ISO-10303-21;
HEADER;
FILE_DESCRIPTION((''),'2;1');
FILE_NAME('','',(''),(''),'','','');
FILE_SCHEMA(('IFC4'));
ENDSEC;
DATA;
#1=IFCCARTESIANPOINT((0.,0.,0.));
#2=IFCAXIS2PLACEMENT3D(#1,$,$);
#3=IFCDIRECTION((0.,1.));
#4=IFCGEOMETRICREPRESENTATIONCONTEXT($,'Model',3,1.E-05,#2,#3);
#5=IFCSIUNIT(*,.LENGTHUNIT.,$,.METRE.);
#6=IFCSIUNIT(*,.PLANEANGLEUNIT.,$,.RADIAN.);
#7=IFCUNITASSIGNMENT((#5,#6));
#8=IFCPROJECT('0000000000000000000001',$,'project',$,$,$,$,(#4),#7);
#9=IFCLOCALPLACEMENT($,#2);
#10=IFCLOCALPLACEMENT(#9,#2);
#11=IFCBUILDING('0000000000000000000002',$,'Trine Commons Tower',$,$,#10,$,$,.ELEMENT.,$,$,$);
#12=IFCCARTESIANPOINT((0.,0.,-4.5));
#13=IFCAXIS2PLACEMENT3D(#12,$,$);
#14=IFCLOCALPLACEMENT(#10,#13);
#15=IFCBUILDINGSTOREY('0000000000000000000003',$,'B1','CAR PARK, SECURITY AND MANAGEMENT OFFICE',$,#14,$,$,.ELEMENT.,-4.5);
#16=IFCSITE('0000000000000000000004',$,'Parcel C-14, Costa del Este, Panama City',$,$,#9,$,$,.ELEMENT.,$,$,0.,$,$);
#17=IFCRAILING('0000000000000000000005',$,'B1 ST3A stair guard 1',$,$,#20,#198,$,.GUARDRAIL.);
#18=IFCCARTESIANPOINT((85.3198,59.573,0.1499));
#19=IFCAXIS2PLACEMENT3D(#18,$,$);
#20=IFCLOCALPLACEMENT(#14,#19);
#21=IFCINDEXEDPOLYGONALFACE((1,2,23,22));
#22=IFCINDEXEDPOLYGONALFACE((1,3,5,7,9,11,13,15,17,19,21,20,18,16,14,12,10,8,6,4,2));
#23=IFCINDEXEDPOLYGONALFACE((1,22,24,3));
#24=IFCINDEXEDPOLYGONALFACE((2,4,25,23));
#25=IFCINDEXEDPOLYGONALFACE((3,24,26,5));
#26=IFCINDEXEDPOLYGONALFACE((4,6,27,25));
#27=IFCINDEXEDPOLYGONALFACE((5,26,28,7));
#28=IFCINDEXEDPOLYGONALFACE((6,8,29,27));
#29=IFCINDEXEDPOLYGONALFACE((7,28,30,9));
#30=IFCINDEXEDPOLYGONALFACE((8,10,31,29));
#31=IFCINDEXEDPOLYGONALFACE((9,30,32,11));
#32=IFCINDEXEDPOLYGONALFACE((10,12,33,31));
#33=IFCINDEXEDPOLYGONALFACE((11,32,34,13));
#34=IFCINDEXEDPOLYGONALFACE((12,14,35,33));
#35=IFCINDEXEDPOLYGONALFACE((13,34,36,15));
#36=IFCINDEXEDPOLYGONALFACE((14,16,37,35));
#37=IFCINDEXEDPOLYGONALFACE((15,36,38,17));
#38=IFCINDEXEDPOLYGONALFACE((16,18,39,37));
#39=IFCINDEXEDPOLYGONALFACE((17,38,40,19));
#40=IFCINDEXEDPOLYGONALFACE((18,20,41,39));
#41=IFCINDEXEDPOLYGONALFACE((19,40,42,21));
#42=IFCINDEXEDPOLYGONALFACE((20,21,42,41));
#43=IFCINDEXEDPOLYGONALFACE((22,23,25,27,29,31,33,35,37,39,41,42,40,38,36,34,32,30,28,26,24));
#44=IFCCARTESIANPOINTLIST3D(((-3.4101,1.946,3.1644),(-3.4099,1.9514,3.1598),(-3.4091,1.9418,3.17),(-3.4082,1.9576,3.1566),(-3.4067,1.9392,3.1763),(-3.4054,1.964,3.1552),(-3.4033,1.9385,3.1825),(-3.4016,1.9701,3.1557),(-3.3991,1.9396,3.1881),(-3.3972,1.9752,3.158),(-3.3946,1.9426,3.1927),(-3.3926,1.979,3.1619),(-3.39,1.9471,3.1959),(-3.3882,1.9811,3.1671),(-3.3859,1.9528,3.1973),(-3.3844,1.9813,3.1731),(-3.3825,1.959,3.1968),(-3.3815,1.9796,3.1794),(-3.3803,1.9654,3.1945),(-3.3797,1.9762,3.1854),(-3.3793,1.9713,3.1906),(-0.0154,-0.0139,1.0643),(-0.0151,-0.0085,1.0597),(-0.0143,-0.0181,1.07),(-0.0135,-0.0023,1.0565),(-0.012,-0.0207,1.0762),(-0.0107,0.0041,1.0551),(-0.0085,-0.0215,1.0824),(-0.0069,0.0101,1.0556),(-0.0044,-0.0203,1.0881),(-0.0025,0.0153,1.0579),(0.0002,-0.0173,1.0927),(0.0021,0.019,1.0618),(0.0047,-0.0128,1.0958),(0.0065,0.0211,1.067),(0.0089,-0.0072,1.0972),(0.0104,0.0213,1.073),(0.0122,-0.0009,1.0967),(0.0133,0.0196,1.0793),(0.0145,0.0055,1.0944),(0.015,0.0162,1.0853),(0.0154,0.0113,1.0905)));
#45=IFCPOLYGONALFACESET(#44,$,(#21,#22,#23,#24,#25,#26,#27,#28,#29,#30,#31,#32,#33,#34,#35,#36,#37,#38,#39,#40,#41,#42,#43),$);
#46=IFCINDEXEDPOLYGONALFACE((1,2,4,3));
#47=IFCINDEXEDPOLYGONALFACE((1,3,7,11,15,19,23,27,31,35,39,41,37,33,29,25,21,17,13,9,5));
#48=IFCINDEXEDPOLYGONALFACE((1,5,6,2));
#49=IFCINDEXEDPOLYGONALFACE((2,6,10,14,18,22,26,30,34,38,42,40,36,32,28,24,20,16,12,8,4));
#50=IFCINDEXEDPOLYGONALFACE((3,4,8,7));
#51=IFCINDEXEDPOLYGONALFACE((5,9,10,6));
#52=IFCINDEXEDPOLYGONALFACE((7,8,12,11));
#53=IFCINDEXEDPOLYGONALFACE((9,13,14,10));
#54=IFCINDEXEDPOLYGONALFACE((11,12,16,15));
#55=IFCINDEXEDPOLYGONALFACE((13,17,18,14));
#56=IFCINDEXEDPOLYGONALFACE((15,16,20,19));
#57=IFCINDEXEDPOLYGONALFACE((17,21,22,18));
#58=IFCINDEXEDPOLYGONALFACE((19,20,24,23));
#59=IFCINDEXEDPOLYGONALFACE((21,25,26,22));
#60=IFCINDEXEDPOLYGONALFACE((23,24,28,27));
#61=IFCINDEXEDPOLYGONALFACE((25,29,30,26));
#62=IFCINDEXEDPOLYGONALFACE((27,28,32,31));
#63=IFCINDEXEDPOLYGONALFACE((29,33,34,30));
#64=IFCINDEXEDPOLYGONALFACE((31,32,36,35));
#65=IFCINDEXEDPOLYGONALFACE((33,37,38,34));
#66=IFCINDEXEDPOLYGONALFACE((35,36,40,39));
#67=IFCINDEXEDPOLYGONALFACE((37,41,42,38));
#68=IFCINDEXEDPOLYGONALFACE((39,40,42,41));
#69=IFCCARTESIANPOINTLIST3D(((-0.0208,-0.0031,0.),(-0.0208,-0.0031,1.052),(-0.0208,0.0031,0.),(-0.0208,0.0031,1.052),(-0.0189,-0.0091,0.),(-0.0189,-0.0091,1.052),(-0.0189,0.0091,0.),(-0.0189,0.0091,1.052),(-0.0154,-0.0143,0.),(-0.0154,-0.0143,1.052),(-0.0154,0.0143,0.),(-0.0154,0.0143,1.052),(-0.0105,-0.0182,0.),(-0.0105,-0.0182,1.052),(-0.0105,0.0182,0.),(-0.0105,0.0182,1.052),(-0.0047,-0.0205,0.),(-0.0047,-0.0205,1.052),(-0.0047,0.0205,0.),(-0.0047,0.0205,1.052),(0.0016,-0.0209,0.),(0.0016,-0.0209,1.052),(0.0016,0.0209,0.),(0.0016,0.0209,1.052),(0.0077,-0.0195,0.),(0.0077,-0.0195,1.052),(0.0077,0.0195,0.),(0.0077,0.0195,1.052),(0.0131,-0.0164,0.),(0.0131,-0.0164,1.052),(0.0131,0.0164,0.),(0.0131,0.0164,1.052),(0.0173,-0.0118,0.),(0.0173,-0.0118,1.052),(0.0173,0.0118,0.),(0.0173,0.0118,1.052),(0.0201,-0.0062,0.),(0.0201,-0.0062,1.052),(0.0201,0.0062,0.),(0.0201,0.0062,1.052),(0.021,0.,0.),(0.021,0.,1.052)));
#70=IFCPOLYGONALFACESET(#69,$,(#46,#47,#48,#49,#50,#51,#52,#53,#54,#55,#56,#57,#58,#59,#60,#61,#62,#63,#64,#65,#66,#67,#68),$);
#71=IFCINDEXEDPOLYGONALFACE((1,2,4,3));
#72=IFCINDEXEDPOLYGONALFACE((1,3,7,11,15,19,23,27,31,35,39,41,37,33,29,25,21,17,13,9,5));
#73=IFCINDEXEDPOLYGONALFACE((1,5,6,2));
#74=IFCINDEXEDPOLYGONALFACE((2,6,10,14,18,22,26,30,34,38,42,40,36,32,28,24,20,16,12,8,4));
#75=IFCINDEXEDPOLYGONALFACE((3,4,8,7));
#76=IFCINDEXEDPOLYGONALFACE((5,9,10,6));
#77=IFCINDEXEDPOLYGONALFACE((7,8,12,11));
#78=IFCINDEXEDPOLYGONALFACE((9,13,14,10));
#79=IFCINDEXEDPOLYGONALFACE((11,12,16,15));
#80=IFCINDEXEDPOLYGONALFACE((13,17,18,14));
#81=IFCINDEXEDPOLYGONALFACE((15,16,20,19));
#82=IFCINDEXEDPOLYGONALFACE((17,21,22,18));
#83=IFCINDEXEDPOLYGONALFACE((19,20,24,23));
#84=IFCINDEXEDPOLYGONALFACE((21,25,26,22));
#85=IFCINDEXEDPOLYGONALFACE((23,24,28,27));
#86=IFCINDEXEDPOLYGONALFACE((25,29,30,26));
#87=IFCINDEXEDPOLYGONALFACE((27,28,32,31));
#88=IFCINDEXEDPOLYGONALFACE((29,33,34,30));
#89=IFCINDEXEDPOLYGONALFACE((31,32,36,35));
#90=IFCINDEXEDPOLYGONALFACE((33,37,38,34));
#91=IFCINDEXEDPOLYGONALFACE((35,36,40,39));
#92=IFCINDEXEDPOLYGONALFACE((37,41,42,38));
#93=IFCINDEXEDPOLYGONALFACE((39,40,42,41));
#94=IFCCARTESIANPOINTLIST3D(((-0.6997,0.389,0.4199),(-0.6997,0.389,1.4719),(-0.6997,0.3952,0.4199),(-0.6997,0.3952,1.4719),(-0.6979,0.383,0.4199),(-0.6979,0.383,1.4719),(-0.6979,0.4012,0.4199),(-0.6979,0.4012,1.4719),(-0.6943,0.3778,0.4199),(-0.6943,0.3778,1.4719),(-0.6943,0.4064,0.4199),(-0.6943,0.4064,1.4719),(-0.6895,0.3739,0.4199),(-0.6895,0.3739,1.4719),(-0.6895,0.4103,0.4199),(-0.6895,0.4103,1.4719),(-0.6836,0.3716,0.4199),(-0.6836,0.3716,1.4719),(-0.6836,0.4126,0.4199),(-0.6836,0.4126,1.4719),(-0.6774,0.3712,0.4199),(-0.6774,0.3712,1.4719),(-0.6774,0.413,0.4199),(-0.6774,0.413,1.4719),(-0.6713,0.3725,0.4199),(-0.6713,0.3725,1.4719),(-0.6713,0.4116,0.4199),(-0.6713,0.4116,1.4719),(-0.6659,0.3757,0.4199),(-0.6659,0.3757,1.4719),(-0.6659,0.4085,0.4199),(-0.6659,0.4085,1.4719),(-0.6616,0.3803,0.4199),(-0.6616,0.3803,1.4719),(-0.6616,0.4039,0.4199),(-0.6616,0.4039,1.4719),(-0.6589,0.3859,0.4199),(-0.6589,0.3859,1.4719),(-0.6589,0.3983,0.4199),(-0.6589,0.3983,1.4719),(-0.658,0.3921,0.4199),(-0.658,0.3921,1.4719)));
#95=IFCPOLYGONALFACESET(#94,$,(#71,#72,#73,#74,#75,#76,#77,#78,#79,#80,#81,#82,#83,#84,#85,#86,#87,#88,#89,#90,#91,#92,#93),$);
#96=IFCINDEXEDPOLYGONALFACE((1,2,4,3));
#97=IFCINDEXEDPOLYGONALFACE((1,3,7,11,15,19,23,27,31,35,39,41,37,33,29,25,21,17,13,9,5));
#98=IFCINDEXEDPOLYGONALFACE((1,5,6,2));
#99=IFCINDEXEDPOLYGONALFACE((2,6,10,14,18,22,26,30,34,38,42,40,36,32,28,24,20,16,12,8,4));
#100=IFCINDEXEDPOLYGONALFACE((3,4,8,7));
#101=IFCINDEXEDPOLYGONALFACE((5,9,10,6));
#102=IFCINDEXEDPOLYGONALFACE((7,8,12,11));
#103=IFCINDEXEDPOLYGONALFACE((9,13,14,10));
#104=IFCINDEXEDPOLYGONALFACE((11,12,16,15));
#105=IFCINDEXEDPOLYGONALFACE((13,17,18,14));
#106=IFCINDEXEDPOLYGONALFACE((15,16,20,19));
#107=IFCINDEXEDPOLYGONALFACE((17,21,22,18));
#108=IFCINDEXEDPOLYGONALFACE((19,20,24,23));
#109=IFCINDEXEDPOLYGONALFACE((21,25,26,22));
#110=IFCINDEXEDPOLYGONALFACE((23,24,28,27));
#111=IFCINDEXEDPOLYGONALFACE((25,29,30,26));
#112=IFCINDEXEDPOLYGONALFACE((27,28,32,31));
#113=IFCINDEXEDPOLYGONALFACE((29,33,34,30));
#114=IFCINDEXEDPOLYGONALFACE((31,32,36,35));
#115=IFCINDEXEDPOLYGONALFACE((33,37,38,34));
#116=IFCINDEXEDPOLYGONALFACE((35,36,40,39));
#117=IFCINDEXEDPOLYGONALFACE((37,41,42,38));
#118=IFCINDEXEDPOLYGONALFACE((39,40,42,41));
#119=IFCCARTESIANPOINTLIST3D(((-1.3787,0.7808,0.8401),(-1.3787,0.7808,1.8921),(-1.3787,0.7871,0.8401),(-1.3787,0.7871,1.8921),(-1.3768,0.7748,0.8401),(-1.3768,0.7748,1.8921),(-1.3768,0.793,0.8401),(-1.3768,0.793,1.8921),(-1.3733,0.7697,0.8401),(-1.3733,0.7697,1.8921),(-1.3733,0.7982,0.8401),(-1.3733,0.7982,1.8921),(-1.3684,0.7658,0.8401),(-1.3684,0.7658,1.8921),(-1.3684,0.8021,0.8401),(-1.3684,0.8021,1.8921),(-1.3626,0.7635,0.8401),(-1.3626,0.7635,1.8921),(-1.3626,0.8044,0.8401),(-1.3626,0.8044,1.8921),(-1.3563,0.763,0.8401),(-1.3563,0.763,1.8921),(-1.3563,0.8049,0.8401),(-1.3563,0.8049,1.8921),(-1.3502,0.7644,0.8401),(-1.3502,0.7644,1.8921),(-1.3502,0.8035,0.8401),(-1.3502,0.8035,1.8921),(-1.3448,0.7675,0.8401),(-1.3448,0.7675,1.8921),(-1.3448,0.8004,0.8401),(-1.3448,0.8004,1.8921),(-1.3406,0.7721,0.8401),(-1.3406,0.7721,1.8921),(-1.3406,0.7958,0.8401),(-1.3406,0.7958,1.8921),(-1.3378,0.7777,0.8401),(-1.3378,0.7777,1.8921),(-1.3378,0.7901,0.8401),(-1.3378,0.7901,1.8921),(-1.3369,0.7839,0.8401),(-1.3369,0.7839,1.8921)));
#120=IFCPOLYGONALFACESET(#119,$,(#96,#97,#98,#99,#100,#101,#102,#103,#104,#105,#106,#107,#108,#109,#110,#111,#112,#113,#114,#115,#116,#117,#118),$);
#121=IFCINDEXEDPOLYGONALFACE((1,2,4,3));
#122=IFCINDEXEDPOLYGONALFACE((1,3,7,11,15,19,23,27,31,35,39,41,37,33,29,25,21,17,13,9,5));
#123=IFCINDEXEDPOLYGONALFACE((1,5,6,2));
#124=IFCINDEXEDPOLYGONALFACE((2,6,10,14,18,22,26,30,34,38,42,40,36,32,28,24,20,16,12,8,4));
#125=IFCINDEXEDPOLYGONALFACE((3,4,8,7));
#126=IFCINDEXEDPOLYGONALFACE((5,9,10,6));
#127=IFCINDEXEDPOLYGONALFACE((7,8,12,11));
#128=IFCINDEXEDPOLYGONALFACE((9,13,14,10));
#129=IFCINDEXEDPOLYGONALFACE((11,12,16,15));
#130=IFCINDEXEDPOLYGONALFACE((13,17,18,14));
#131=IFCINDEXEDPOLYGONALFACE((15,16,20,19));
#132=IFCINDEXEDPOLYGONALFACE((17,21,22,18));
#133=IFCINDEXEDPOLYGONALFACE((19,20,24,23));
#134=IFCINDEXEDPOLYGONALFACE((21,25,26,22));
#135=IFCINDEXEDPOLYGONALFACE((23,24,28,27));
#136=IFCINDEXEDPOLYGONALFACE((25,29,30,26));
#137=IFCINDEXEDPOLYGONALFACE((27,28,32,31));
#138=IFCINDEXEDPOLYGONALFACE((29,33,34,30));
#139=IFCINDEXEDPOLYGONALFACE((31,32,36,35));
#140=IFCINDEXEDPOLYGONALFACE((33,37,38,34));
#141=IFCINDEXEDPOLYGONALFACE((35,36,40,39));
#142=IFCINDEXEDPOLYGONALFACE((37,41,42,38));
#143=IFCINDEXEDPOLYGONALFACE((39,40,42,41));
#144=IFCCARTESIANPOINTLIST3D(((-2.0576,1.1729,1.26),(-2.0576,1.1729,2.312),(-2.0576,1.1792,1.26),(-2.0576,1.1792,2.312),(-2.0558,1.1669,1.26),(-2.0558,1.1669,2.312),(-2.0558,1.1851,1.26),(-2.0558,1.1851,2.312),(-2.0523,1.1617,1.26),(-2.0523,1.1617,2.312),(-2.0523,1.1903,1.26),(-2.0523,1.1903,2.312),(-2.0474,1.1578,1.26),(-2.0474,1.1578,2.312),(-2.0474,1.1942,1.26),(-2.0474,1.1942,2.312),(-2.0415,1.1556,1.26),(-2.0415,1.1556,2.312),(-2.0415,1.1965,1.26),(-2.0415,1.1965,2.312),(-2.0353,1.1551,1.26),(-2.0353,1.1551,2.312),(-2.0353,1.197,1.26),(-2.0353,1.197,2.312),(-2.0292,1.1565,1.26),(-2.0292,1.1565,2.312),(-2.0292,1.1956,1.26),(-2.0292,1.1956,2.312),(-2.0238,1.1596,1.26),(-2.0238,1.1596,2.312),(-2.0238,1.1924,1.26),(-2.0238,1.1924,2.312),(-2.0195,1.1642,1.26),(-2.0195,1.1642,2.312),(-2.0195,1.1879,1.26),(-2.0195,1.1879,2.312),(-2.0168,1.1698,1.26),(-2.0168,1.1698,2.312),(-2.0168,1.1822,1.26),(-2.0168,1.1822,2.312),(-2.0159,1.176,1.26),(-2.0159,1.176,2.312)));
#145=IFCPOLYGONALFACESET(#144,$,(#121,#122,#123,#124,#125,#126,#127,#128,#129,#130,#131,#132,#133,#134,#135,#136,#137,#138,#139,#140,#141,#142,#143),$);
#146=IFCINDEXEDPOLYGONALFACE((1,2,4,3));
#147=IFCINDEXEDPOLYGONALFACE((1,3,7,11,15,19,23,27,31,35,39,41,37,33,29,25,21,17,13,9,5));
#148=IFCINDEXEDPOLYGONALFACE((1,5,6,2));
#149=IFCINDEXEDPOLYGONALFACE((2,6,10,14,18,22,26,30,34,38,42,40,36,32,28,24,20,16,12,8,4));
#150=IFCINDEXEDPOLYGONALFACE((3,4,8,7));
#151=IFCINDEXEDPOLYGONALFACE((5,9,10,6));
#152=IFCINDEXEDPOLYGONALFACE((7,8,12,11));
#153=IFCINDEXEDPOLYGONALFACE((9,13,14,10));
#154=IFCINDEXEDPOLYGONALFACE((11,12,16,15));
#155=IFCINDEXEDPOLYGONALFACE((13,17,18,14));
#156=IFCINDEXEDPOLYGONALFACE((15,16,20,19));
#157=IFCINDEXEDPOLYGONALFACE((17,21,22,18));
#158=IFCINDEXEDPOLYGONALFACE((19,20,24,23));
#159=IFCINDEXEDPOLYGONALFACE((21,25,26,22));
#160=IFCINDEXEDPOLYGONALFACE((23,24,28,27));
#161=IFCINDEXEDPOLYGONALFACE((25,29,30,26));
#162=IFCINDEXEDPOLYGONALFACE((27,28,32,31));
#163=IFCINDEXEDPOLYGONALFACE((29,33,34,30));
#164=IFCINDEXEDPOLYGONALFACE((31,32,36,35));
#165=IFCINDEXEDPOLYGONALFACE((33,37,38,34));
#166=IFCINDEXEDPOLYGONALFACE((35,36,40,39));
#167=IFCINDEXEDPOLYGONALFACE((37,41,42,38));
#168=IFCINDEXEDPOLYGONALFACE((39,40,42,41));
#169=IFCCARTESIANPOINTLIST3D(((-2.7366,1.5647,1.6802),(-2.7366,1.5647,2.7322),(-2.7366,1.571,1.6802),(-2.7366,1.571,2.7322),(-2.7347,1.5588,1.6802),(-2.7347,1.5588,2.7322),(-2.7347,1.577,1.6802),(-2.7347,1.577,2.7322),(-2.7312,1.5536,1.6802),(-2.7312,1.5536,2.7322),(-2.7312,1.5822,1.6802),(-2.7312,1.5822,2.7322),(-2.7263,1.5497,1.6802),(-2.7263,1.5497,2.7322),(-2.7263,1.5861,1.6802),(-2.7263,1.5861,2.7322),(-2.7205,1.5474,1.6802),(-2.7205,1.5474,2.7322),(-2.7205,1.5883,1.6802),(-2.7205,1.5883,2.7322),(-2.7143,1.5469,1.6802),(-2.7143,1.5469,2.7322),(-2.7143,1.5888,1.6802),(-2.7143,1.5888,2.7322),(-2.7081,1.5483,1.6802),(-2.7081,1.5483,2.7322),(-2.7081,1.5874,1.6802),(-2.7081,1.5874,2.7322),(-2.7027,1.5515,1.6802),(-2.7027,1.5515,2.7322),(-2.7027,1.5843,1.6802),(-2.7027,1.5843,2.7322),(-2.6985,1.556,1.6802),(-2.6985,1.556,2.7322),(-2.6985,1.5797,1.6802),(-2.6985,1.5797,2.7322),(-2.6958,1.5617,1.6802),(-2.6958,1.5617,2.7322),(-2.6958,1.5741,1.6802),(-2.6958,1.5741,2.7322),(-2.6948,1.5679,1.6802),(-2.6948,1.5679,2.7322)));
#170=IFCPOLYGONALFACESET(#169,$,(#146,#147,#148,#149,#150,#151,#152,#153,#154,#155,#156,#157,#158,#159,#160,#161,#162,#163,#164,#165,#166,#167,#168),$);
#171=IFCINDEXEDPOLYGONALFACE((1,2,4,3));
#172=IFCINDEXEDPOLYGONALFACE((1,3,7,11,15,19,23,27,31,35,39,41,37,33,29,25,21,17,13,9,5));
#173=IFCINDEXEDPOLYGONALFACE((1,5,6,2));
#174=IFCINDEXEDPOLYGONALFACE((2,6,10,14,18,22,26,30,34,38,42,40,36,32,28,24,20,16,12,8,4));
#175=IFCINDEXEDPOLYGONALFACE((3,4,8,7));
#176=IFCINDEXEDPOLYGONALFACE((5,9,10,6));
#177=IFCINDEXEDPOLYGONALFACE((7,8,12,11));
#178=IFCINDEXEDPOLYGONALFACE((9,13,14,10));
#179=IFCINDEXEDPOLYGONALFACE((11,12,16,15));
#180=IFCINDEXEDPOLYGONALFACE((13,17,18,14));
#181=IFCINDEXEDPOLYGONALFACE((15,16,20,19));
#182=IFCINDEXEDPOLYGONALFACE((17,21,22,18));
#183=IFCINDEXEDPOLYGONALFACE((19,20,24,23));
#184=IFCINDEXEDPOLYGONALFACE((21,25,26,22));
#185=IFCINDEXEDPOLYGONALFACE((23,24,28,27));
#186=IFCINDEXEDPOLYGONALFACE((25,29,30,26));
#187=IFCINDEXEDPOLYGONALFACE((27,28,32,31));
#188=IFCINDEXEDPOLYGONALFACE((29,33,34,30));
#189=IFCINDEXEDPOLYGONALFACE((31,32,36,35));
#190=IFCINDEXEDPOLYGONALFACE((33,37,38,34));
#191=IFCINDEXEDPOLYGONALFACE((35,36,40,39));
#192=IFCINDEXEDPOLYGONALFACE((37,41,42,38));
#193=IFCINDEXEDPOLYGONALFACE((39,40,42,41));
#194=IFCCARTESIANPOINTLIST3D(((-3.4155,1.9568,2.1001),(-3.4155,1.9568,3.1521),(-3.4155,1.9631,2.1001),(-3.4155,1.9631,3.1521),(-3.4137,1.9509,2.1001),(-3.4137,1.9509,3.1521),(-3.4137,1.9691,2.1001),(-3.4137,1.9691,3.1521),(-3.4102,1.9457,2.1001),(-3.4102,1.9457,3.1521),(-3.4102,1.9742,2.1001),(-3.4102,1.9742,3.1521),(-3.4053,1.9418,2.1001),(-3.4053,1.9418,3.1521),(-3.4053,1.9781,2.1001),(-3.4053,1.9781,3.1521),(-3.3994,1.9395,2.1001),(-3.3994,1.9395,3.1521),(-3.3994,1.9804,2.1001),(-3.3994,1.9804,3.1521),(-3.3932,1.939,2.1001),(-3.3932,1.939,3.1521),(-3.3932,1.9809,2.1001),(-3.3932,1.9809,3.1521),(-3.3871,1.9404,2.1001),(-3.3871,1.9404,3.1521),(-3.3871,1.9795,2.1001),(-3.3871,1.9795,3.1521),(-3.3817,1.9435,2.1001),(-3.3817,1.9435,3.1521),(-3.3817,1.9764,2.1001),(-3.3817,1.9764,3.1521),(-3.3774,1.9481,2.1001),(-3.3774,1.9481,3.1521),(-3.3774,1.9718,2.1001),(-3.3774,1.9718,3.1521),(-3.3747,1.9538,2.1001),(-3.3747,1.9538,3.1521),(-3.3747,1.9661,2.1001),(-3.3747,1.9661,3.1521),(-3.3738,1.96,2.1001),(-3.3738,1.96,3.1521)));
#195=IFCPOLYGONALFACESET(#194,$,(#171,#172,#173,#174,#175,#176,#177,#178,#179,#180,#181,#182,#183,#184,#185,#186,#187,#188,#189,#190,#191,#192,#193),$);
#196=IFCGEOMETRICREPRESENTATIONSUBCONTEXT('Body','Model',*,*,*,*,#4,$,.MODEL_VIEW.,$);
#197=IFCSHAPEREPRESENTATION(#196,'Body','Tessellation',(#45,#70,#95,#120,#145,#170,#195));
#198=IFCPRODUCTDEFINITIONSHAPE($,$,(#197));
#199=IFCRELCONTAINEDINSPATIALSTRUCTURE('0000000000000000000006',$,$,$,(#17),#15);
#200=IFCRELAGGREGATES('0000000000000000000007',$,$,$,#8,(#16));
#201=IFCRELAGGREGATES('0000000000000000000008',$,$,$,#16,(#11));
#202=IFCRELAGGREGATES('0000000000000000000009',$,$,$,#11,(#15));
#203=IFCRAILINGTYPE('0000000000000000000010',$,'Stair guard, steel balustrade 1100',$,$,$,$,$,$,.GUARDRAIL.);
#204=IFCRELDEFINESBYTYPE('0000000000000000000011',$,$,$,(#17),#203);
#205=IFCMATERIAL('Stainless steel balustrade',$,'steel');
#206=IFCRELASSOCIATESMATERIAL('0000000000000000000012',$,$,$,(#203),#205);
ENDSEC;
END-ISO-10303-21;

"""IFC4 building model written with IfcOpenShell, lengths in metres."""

from ifc_helpers import new_model, si_unit, direction, frame, origin, origin_2d, place, context, subcontext, project, spatial, circle, extrude, material, type_object, element, save


model = new_model("IFC4")

# Units and contexts
model_context = context("Model", 3, precision=1e-05, world=origin(), true_north=direction((0.0, 1.0)))
body_context = subcontext(model_context, "Body", "Model", "MODEL_VIEW")
ifc_project = project(units=[si_unit("LENGTHUNIT", "METRE"), si_unit("PLANEANGLEUNIT", "RADIAN")], contexts=[model_context])

# Site, building, storey
site_placement = place(None, origin())
site = spatial("IfcSite", under=ifc_project, at=site_placement, Name="Parcel C-14, Costa del Este, Panama City", CompositionType="ELEMENT", RefElevation=0.0)
building_placement = place(site_placement, origin())
building = spatial("IfcBuilding", under=site, at=building_placement, Name="Trine Commons Tower", CompositionType="ELEMENT")
storey_placement = place(building_placement, frame((0.0, 0.0, -4.5)))
storey = spatial("IfcBuildingStorey", under=building, at=storey_placement, Name="B1", Description="CAR PARK, SECURITY AND MANAGEMENT OFFICE", CompositionType="ELEMENT", Elevation=-4.5)

# Railing
ifc_material_1 = material(Name="Stainless steel balustrade", Category="steel")
railing_type_1 = type_object("IfcRailingType", Name="Stair guard, steel balustrade 1100", PredefinedType="GUARDRAIL", material=ifc_material_1)
railing_1_placement = place(storey_placement, frame((85.3198, 59.573, 0.1499)))
element("IfcRailing", 1, at=railing_1_placement, inside=storey, type_object=railing_type_1, Name="B1 ST3A stair guard 1", PredefinedType="GUARDRAIL", context=body_context, shape_type="SweptSolid", body=[
    extrude(circle(Radius=0.0239, at=origin_2d()), frame((0.0, 0.0, 1.0762), z_axis=(-0.763375, 0.440732, 0.472244), x_axis=(-0.499997, -0.866027, 0.0)), (0.0, 0.0, 1.0), 4.447),
    extrude(circle(Radius=0.021, at=origin_2d()), origin(), (0.0, 0.0, 1.0), 1.052),
    extrude(circle(Radius=0.021, at=origin_2d()), frame((-0.679, 0.3921, 0.4199)), (0.0, 0.0, 1.0), 1.052),
    extrude(circle(Radius=0.021, at=origin_2d()), frame((-1.3579, 0.7839, 0.8401)), (0.0, 0.0, 1.0), 1.052),
    extrude(circle(Radius=0.021, at=origin_2d()), frame((-2.0369, 1.176, 1.26)), (0.0, 0.0, 1.0), 1.052),
    extrude(circle(Radius=0.021, at=origin_2d()), frame((-2.7158, 1.5679, 1.6802)), (0.0, 0.0, 1.0), 1.052),
    extrude(circle(Radius=0.021, at=origin_2d()), frame((-3.3948, 1.96, 2.1001)), (0.0, 0.0, 1.0), 1.052),
])

save(model, "model.ifc")
